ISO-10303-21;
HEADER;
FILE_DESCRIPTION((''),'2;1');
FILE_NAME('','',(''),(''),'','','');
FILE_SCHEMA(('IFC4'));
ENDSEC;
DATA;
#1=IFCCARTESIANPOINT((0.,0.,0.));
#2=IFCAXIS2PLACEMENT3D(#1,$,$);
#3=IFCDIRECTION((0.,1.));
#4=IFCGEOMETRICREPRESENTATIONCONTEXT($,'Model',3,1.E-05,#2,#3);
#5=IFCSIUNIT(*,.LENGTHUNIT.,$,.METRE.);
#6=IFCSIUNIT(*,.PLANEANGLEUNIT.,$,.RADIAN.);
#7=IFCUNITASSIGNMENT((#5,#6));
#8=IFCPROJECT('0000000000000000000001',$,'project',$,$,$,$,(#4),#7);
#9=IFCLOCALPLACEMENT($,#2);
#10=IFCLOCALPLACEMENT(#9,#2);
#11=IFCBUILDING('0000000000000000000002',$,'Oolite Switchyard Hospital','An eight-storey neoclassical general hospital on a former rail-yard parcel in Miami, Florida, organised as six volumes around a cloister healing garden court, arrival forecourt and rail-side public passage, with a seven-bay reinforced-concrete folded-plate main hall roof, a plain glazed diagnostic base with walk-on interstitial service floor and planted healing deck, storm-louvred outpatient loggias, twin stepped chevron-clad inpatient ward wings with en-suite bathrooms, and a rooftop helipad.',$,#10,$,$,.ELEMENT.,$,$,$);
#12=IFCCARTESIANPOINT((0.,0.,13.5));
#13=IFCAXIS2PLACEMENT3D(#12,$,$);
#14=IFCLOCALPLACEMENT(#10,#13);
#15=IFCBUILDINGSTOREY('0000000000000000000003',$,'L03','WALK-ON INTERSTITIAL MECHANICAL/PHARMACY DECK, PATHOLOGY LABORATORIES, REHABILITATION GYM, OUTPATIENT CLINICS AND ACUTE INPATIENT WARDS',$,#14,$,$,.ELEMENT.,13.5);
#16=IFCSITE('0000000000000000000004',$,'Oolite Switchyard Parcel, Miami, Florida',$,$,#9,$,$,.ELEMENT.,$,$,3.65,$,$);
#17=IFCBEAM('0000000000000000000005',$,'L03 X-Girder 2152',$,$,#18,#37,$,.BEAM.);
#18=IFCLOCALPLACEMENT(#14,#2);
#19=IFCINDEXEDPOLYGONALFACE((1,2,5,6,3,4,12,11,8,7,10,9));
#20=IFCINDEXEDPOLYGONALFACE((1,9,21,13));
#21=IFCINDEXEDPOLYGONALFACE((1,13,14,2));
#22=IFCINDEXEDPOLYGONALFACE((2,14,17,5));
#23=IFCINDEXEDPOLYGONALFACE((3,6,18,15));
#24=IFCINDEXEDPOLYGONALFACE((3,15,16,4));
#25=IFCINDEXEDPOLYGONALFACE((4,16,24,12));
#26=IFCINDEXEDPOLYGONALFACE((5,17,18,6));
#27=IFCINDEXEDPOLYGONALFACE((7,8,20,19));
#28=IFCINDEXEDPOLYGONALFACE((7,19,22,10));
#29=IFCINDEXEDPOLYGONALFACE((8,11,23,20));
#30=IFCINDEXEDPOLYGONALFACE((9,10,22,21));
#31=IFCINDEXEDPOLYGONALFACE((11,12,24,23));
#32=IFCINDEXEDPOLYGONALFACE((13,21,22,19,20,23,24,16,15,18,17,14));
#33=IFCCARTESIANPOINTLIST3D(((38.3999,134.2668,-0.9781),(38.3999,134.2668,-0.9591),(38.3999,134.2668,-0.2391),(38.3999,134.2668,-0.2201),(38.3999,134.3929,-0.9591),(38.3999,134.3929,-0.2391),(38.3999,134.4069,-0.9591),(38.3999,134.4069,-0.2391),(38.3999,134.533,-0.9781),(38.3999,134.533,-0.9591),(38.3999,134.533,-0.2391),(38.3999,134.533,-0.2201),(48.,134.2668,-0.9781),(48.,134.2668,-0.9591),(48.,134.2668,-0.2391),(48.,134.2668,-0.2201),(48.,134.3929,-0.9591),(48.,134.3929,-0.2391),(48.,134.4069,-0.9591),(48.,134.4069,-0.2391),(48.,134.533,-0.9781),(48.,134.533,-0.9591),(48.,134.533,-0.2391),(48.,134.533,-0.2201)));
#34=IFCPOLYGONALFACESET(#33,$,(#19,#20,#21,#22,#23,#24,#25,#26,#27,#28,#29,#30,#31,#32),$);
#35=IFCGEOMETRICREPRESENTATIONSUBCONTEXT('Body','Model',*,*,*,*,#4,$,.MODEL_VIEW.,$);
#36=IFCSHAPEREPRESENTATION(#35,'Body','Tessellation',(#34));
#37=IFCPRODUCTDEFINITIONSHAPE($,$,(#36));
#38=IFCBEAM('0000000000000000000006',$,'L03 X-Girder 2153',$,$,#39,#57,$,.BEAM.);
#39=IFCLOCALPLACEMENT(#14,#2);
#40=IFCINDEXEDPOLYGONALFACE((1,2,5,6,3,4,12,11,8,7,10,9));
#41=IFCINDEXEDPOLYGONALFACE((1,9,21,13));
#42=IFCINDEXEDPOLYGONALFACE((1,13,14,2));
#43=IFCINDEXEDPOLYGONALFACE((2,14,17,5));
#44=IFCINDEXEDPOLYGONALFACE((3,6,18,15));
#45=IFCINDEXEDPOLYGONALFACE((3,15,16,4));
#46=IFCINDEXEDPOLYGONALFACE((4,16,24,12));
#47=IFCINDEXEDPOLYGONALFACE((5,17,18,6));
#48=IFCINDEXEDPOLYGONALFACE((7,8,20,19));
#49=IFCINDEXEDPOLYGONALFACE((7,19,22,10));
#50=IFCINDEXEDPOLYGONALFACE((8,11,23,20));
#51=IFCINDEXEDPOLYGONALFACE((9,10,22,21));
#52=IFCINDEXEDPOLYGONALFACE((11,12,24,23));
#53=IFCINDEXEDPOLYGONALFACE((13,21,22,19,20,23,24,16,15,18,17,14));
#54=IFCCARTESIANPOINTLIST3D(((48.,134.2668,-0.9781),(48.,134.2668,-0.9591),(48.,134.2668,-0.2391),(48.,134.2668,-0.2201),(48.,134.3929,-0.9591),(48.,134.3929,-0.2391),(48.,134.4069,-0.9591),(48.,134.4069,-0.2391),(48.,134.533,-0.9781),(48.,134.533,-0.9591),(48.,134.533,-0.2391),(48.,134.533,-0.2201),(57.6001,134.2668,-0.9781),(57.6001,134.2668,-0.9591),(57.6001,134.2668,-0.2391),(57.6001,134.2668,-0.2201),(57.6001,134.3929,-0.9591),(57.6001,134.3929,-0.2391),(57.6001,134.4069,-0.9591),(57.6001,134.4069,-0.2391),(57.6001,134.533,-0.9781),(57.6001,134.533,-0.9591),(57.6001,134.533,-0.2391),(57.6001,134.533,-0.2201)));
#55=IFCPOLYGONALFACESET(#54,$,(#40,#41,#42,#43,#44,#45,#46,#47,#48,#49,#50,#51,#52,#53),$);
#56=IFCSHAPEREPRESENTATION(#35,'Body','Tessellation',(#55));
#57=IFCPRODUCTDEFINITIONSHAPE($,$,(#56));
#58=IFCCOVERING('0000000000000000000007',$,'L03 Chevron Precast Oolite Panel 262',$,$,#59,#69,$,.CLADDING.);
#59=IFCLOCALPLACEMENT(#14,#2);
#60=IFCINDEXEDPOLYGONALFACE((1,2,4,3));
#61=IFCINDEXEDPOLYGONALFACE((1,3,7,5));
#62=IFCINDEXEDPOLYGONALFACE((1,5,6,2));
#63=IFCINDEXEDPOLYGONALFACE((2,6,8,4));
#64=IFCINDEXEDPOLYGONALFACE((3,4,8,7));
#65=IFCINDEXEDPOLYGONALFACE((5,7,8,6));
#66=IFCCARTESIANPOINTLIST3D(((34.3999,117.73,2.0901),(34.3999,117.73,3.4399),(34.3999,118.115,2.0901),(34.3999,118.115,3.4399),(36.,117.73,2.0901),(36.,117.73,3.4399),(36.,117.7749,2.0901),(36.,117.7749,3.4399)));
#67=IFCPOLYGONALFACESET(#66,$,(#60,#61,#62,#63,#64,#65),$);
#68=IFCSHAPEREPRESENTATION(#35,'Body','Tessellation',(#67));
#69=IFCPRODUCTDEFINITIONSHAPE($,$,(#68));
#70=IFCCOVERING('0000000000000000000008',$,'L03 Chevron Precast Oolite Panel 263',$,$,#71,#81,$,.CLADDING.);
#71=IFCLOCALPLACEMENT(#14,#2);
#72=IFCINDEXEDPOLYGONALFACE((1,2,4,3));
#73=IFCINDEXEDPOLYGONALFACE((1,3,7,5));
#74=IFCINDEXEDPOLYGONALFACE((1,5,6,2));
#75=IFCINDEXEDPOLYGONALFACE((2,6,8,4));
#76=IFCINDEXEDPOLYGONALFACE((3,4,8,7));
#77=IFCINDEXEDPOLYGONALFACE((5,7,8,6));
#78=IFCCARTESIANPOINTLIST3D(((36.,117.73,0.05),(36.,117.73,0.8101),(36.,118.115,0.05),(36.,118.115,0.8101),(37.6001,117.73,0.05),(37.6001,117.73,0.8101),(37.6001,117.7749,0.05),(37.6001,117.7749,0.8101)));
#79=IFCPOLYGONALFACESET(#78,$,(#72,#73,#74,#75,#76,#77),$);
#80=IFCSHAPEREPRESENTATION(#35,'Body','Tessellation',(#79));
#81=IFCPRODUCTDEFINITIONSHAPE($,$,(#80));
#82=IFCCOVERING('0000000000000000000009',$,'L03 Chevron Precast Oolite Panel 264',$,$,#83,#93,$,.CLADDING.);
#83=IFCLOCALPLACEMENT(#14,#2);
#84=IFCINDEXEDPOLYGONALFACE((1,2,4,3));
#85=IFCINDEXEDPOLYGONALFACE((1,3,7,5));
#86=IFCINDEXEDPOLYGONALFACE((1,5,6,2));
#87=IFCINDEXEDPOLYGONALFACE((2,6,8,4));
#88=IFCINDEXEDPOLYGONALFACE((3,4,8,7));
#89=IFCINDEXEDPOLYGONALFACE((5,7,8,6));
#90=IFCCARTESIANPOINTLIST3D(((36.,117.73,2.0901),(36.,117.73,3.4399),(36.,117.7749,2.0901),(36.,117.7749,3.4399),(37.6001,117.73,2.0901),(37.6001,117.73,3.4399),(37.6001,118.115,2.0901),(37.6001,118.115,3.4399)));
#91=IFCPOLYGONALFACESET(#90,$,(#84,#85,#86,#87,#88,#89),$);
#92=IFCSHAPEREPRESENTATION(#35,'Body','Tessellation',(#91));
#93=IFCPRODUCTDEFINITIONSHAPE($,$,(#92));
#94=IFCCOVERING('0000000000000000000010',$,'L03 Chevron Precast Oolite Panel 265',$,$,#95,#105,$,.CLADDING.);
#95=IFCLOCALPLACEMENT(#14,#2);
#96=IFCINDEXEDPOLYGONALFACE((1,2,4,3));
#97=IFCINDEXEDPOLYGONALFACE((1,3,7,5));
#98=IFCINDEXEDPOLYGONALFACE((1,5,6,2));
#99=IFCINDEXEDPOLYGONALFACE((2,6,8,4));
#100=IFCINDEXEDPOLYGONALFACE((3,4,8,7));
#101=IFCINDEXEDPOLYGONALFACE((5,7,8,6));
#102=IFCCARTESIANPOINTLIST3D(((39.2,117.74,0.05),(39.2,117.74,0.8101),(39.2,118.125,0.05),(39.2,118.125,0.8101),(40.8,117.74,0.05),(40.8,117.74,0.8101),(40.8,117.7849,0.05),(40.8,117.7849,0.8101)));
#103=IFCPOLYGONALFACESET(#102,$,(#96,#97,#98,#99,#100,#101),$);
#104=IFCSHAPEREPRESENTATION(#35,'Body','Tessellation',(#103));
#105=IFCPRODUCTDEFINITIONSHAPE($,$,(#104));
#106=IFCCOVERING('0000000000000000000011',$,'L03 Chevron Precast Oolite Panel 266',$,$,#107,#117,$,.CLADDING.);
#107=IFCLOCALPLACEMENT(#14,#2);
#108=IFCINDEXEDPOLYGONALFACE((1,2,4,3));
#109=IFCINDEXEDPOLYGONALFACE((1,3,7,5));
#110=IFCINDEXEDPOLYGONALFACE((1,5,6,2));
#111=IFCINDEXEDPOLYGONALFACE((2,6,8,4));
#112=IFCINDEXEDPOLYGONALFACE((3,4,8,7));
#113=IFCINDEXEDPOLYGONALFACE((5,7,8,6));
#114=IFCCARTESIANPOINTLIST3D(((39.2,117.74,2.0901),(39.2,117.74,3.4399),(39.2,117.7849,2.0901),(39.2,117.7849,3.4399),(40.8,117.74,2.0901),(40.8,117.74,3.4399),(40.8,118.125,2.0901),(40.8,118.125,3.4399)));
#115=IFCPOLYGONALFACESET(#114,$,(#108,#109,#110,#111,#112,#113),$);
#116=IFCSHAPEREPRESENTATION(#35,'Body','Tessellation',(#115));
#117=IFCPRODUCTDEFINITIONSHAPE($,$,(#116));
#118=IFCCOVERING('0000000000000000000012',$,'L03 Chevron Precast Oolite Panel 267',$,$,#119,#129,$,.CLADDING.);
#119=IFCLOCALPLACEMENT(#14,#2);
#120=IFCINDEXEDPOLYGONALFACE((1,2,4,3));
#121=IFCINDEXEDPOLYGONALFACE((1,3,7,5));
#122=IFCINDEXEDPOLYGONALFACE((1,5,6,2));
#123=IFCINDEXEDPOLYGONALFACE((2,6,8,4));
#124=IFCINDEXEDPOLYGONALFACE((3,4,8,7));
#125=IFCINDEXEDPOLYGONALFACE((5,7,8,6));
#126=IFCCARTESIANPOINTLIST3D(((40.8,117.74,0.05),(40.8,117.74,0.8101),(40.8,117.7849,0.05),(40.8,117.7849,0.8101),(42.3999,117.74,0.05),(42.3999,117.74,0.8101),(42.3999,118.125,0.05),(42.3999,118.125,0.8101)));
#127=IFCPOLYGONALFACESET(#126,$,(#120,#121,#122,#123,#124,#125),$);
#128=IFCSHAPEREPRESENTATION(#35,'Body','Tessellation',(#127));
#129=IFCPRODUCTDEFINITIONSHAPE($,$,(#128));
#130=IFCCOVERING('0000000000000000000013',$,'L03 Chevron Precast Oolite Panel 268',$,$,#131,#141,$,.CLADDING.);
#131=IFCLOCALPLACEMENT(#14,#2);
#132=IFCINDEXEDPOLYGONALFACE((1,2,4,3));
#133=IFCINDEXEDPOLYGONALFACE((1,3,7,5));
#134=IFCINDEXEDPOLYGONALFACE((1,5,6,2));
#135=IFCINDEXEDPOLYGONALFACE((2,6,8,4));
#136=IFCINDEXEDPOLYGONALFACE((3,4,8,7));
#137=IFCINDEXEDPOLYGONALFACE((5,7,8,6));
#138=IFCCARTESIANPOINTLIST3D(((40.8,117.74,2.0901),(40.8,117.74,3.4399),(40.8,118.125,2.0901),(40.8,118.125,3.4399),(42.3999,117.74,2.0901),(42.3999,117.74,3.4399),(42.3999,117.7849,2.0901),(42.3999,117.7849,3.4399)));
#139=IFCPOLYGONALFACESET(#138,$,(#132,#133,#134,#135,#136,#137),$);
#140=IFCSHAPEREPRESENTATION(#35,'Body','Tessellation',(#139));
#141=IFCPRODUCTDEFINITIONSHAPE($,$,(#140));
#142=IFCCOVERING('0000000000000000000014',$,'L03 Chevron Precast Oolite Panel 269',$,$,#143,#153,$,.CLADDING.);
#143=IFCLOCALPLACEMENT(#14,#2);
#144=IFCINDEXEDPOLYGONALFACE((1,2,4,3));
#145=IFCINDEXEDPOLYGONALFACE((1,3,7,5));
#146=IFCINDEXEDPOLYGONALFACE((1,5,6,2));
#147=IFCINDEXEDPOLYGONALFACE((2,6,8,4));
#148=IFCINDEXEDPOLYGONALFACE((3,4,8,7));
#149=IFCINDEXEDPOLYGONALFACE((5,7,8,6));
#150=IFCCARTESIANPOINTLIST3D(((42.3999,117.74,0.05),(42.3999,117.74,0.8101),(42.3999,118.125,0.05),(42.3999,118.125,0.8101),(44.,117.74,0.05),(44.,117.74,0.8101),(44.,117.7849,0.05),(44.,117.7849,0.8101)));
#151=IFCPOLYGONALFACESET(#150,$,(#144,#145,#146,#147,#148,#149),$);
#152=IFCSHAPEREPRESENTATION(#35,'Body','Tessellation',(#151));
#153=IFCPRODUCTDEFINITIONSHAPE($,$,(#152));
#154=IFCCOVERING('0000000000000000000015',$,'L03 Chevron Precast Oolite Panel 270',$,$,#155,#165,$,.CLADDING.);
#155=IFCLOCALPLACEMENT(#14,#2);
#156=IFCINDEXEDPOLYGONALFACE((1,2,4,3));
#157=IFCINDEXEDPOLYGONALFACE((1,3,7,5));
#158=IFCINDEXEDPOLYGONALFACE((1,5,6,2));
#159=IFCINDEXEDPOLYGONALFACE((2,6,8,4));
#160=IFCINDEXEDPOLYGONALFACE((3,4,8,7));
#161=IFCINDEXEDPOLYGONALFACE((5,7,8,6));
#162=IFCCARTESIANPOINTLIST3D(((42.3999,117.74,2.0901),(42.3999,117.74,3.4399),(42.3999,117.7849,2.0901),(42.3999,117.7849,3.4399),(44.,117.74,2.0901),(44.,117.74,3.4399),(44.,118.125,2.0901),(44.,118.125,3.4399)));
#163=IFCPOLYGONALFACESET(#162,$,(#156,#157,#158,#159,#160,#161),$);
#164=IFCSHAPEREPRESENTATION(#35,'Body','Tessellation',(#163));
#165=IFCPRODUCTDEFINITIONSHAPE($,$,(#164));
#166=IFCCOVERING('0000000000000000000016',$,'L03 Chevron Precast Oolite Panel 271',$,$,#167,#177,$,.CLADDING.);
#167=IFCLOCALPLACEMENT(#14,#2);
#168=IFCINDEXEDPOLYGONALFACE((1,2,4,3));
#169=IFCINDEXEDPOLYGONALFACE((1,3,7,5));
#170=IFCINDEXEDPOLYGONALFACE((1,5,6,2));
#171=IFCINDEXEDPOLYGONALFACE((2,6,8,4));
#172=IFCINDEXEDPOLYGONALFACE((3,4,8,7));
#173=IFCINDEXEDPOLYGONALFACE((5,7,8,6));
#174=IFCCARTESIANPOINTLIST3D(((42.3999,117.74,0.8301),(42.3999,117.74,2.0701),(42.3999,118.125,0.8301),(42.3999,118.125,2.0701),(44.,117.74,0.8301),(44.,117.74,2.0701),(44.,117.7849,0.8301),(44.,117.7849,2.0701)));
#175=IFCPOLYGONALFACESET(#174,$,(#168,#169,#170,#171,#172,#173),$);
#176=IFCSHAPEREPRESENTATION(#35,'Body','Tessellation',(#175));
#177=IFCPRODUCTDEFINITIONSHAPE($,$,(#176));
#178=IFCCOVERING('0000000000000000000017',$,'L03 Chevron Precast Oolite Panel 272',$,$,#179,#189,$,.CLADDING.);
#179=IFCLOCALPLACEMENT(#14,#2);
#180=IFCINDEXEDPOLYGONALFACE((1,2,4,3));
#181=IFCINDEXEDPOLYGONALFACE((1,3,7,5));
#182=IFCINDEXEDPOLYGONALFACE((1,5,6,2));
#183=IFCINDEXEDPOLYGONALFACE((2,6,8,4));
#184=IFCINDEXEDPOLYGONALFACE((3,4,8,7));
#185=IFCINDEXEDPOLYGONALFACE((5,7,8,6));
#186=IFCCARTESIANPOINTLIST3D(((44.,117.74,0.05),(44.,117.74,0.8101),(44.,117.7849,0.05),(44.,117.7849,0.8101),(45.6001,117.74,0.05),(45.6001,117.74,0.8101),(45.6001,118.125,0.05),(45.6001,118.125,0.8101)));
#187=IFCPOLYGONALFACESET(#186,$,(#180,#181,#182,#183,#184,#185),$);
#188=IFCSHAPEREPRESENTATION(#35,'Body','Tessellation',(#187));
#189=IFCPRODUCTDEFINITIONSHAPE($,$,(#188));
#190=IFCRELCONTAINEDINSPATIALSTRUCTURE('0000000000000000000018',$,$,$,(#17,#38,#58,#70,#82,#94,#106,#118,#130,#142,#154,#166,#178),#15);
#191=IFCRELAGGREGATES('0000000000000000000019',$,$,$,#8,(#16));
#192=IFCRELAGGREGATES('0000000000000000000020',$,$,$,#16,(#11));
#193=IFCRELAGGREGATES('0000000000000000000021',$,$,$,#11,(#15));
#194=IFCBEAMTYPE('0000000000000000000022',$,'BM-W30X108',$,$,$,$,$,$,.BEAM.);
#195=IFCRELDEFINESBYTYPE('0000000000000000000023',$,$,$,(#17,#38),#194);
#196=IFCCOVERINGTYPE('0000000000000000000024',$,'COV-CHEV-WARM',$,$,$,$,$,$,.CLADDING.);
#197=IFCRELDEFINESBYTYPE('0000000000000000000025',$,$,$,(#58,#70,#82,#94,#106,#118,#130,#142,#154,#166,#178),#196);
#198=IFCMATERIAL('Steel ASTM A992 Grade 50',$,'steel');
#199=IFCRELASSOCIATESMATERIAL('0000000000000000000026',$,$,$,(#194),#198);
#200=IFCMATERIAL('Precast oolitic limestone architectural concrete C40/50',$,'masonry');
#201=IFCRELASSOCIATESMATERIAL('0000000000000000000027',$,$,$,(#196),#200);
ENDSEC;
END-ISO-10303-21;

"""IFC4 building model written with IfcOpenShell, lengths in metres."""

from ifc_helpers import new_model, si_unit, direction, frame, origin, origin_2d, place, context, subcontext, project, spatial, polyline, i_section, outline, extrude, material, material_profile, profile_set, type_object, element, save


model = new_model("IFC4")

# Units and contexts
model_context = context("Model", 3, precision=1e-05, world=origin(), true_north=direction((0.0, 1.0)))
body_context = subcontext(model_context, "Body", "Model", "MODEL_VIEW")
ifc_project = project(units=[si_unit("LENGTHUNIT", "METRE"), si_unit("PLANEANGLEUNIT", "RADIAN")], contexts=[model_context])

# Site, building, storey
site_placement = place(None, origin())
site = spatial("IfcSite", under=ifc_project, at=site_placement, Name="Oolite Switchyard Parcel, Miami, Florida", CompositionType="ELEMENT", RefElevation=3.65)
building_placement = place(site_placement, origin())
building = spatial("IfcBuilding", under=site, at=building_placement, Name="Oolite Switchyard Hospital", Description="An eight-storey neoclassical general hospital on a former rail-yard parcel in Miami, Florida, organised as six volumes around a cloister healing garden court, arrival forecourt and rail-side public passage, with a seven-bay reinforced-concrete folded-plate main hall roof, a plain glazed diagnostic base with walk-on interstitial service floor and planted healing deck, storm-louvred outpatient loggias, twin stepped chevron-clad inpatient ward wings with en-suite bathrooms, and a rooftop helipad.", CompositionType="ELEMENT")
storey_placement = place(building_placement, frame((0.0, 0.0, 13.5)))
storey = spatial("IfcBuildingStorey", under=building, at=storey_placement, Name="L03", Description="WALK-ON INTERSTITIAL MECHANICAL/PHARMACY DECK, PATHOLOGY LABORATORIES, REHABILITATION GYM, OUTPATIENT CLINICS AND ACUTE INPATIENT WARDS", CompositionType="ELEMENT", Elevation=13.5)

# Beams
ifc_material_1 = material(Name="Steel ASTM A992 Grade 50", Category="steel")
ifc_material_profile_1 = material_profile(ifc_material_1, i_section(OverallWidth=0.2661, OverallDepth=0.7581, WebThickness=0.0139, FlangeThickness=0.019, at=origin_2d()), Name="W30X108")
ifc_profile_set_1 = profile_set([ifc_material_profile_1], Name="Steel ASTM A992 Grade 50")
beam_type_1 = type_object("IfcBeamType", Name="BM-W30X108", PredefinedType="BEAM", material=ifc_profile_set_1)
for number, where, z_axis, x_axis, name in (
    (1, (38.3999, 134.3999, -0.5991), (1.0, 0.0, 0.0), (0.0, 1.0, 0.0), "L03 X-Girder 2152"),
    (2, (48.0, 134.3999, -0.5991), (1.0, 0.0, 0.0), (0.0, 1.0, 0.0), "L03 X-Girder 2153"),
):
    element("IfcBeam", number, at=place(storey_placement, frame(where, z_axis=z_axis, x_axis=x_axis)), inside=storey, type_object=beam_type_1, Name=name, PredefinedType="BEAM", context=body_context, shape_type="SweptSolid", body=[
        extrude(i_section(OverallWidth=0.2661, OverallDepth=0.7581, WebThickness=0.0139, FlangeThickness=0.019, at=origin_2d()), origin(), (0.0, 0.0, 1.0), 9.6001),
    ])

# Coverings
ifc_material_2 = material(Name="Precast oolitic limestone architectural concrete C40/50", Category="masonry")
covering_type = type_object("IfcCoveringType", Name="COV-CHEV-WARM", PredefinedType="CLADDING", material=ifc_material_2)
covering_1_placement = place(storey_placement, frame((34.3999, 117.73, 2.0901), z_axis=(0.0, 0.0, 1.0), x_axis=(1.0, 0.0, 0.0)))
element("IfcCovering", 3, at=covering_1_placement, inside=storey, type_object=covering_type, Name="L03 Chevron Precast Oolite Panel 262", PredefinedType="CLADDING", context=body_context, shape_type="SweptSolid", body=[
    extrude(outline(polyline([(0.0, 0.0), (1.6001, 0.0), (1.6001, 0.0449), (0.0, 0.385), (0.0, 0.0)])), origin(), (0.0, 0.0, 1.0), 1.3499),
])
covering_2_placement = place(storey_placement, frame((36.0, 117.73, 0.05), z_axis=(0.0, 0.0, 1.0), x_axis=(1.0, 0.0, 0.0)))
element("IfcCovering", 4, at=covering_2_placement, inside=storey, type_object=covering_type, Name="L03 Chevron Precast Oolite Panel 263", PredefinedType="CLADDING", context=body_context, shape_type="SweptSolid", body=[
    extrude(outline(polyline([(0.0, 0.0), (1.6001, 0.0), (1.6001, 0.0449), (0.0, 0.385), (0.0, 0.0)])), origin(), (0.0, 0.0, 1.0), 0.76),
])
covering_3_placement = place(storey_placement, frame((36.0, 117.73, 2.0901), z_axis=(0.0, 0.0, 1.0), x_axis=(1.0, 0.0, 0.0)))
element("IfcCovering", 5, at=covering_3_placement, inside=storey, type_object=covering_type, Name="L03 Chevron Precast Oolite Panel 264", PredefinedType="CLADDING", context=body_context, shape_type="SweptSolid", body=[
    extrude(outline(polyline([(0.0, 0.0), (1.6001, 0.0), (1.6001, 0.385), (0.0, 0.0449), (0.0, 0.0)])), origin(), (0.0, 0.0, 1.0), 1.3499),
])
covering_4_placement = place(storey_placement, frame((39.2, 117.74, 0.05), z_axis=(0.0, 0.0, 1.0), x_axis=(1.0, 0.0, 0.0)))
element("IfcCovering", 6, at=covering_4_placement, inside=storey, type_object=covering_type, Name="L03 Chevron Precast Oolite Panel 265", PredefinedType="CLADDING", context=body_context, shape_type="SweptSolid", body=[
    extrude(outline(polyline([(0.0, 0.0), (1.6001, 0.0), (1.6001, 0.0449), (0.0, 0.385), (0.0, 0.0)])), origin(), (0.0, 0.0, 1.0), 0.76),
])
covering_5_placement = place(storey_placement, frame((39.2, 117.74, 2.0901), z_axis=(0.0, 0.0, 1.0), x_axis=(1.0, 0.0, 0.0)))
element("IfcCovering", 7, at=covering_5_placement, inside=storey, type_object=covering_type, Name="L03 Chevron Precast Oolite Panel 266", PredefinedType="CLADDING", context=body_context, shape_type="SweptSolid", body=[
    extrude(outline(polyline([(0.0, 0.0), (1.6001, 0.0), (1.6001, 0.385), (0.0, 0.0449), (0.0, 0.0)])), origin(), (0.0, 0.0, 1.0), 1.3499),
])
covering_6_placement = place(storey_placement, frame((40.8, 117.74, 0.05), z_axis=(0.0, 0.0, 1.0), x_axis=(1.0, 0.0, 0.0)))
element("IfcCovering", 8, at=covering_6_placement, inside=storey, type_object=covering_type, Name="L03 Chevron Precast Oolite Panel 267", PredefinedType="CLADDING", context=body_context, shape_type="SweptSolid", body=[
    extrude(outline(polyline([(0.0, 0.0), (1.5999, 0.0), (1.5999, 0.385), (0.0, 0.0449), (0.0, 0.0)])), origin(), (0.0, 0.0, 1.0), 0.76),
])
covering_7_placement = place(storey_placement, frame((40.8, 117.74, 2.0901), z_axis=(0.0, 0.0, 1.0), x_axis=(1.0, 0.0, 0.0)))
element("IfcCovering", 9, at=covering_7_placement, inside=storey, type_object=covering_type, Name="L03 Chevron Precast Oolite Panel 268", PredefinedType="CLADDING", context=body_context, shape_type="SweptSolid", body=[
    extrude(outline(polyline([(0.0, 0.0), (1.5999, 0.0), (1.5999, 0.0449), (0.0, 0.385), (0.0, 0.0)])), origin(), (0.0, 0.0, 1.0), 1.3499),
])
covering_8_placement = place(storey_placement, frame((42.3999, 117.74, 0.05), z_axis=(0.0, 0.0, 1.0), x_axis=(1.0, 0.0, 0.0)))
element("IfcCovering", 10, at=covering_8_placement, inside=storey, type_object=covering_type, Name="L03 Chevron Precast Oolite Panel 269", PredefinedType="CLADDING", context=body_context, shape_type="SweptSolid", body=[
    extrude(outline(polyline([(0.0, 0.0), (1.6001, 0.0), (1.6001, 0.0449), (0.0, 0.385), (0.0, 0.0)])), origin(), (0.0, 0.0, 1.0), 0.76),
])
covering_9_placement = place(storey_placement, frame((42.3999, 117.74, 2.0901), z_axis=(0.0, 0.0, 1.0), x_axis=(1.0, 0.0, 0.0)))
element("IfcCovering", 11, at=covering_9_placement, inside=storey, type_object=covering_type, Name="L03 Chevron Precast Oolite Panel 270", PredefinedType="CLADDING", context=body_context, shape_type="SweptSolid", body=[
    extrude(outline(polyline([(0.0, 0.0), (1.6001, 0.0), (1.6001, 0.385), (0.0, 0.0449), (0.0, 0.0)])), origin(), (0.0, 0.0, 1.0), 1.3499),
])
covering_10_placement = place(storey_placement, frame((42.3999, 117.74, 0.8301), z_axis=(0.0, 0.0, 1.0), x_axis=(1.0, 0.0, 0.0)))
element("IfcCovering", 12, at=covering_10_placement, inside=storey, type_object=covering_type, Name="L03 Chevron Precast Oolite Panel 271", PredefinedType="CLADDING", context=body_context, shape_type="SweptSolid", body=[
    extrude(outline(polyline([(0.0, 0.0), (1.6001, 0.0), (1.6001, 0.0449), (0.0, 0.385), (0.0, 0.0)])), origin(), (0.0, 0.0, 1.0), 1.24),
])
covering_11_placement = place(storey_placement, frame((44.0, 117.74, 0.05), z_axis=(0.0, 0.0, 1.0), x_axis=(1.0, 0.0, 0.0)))
element("IfcCovering", 13, at=covering_11_placement, inside=storey, type_object=covering_type, Name="L03 Chevron Precast Oolite Panel 272", PredefinedType="CLADDING", context=body_context, shape_type="SweptSolid", body=[
    extrude(outline(polyline([(0.0, 0.0), (1.6001, 0.0), (1.6001, 0.385), (0.0, 0.0449), (0.0, 0.0)])), origin(), (0.0, 0.0, 1.0), 0.76),
])

save(model, "model.ifc")
